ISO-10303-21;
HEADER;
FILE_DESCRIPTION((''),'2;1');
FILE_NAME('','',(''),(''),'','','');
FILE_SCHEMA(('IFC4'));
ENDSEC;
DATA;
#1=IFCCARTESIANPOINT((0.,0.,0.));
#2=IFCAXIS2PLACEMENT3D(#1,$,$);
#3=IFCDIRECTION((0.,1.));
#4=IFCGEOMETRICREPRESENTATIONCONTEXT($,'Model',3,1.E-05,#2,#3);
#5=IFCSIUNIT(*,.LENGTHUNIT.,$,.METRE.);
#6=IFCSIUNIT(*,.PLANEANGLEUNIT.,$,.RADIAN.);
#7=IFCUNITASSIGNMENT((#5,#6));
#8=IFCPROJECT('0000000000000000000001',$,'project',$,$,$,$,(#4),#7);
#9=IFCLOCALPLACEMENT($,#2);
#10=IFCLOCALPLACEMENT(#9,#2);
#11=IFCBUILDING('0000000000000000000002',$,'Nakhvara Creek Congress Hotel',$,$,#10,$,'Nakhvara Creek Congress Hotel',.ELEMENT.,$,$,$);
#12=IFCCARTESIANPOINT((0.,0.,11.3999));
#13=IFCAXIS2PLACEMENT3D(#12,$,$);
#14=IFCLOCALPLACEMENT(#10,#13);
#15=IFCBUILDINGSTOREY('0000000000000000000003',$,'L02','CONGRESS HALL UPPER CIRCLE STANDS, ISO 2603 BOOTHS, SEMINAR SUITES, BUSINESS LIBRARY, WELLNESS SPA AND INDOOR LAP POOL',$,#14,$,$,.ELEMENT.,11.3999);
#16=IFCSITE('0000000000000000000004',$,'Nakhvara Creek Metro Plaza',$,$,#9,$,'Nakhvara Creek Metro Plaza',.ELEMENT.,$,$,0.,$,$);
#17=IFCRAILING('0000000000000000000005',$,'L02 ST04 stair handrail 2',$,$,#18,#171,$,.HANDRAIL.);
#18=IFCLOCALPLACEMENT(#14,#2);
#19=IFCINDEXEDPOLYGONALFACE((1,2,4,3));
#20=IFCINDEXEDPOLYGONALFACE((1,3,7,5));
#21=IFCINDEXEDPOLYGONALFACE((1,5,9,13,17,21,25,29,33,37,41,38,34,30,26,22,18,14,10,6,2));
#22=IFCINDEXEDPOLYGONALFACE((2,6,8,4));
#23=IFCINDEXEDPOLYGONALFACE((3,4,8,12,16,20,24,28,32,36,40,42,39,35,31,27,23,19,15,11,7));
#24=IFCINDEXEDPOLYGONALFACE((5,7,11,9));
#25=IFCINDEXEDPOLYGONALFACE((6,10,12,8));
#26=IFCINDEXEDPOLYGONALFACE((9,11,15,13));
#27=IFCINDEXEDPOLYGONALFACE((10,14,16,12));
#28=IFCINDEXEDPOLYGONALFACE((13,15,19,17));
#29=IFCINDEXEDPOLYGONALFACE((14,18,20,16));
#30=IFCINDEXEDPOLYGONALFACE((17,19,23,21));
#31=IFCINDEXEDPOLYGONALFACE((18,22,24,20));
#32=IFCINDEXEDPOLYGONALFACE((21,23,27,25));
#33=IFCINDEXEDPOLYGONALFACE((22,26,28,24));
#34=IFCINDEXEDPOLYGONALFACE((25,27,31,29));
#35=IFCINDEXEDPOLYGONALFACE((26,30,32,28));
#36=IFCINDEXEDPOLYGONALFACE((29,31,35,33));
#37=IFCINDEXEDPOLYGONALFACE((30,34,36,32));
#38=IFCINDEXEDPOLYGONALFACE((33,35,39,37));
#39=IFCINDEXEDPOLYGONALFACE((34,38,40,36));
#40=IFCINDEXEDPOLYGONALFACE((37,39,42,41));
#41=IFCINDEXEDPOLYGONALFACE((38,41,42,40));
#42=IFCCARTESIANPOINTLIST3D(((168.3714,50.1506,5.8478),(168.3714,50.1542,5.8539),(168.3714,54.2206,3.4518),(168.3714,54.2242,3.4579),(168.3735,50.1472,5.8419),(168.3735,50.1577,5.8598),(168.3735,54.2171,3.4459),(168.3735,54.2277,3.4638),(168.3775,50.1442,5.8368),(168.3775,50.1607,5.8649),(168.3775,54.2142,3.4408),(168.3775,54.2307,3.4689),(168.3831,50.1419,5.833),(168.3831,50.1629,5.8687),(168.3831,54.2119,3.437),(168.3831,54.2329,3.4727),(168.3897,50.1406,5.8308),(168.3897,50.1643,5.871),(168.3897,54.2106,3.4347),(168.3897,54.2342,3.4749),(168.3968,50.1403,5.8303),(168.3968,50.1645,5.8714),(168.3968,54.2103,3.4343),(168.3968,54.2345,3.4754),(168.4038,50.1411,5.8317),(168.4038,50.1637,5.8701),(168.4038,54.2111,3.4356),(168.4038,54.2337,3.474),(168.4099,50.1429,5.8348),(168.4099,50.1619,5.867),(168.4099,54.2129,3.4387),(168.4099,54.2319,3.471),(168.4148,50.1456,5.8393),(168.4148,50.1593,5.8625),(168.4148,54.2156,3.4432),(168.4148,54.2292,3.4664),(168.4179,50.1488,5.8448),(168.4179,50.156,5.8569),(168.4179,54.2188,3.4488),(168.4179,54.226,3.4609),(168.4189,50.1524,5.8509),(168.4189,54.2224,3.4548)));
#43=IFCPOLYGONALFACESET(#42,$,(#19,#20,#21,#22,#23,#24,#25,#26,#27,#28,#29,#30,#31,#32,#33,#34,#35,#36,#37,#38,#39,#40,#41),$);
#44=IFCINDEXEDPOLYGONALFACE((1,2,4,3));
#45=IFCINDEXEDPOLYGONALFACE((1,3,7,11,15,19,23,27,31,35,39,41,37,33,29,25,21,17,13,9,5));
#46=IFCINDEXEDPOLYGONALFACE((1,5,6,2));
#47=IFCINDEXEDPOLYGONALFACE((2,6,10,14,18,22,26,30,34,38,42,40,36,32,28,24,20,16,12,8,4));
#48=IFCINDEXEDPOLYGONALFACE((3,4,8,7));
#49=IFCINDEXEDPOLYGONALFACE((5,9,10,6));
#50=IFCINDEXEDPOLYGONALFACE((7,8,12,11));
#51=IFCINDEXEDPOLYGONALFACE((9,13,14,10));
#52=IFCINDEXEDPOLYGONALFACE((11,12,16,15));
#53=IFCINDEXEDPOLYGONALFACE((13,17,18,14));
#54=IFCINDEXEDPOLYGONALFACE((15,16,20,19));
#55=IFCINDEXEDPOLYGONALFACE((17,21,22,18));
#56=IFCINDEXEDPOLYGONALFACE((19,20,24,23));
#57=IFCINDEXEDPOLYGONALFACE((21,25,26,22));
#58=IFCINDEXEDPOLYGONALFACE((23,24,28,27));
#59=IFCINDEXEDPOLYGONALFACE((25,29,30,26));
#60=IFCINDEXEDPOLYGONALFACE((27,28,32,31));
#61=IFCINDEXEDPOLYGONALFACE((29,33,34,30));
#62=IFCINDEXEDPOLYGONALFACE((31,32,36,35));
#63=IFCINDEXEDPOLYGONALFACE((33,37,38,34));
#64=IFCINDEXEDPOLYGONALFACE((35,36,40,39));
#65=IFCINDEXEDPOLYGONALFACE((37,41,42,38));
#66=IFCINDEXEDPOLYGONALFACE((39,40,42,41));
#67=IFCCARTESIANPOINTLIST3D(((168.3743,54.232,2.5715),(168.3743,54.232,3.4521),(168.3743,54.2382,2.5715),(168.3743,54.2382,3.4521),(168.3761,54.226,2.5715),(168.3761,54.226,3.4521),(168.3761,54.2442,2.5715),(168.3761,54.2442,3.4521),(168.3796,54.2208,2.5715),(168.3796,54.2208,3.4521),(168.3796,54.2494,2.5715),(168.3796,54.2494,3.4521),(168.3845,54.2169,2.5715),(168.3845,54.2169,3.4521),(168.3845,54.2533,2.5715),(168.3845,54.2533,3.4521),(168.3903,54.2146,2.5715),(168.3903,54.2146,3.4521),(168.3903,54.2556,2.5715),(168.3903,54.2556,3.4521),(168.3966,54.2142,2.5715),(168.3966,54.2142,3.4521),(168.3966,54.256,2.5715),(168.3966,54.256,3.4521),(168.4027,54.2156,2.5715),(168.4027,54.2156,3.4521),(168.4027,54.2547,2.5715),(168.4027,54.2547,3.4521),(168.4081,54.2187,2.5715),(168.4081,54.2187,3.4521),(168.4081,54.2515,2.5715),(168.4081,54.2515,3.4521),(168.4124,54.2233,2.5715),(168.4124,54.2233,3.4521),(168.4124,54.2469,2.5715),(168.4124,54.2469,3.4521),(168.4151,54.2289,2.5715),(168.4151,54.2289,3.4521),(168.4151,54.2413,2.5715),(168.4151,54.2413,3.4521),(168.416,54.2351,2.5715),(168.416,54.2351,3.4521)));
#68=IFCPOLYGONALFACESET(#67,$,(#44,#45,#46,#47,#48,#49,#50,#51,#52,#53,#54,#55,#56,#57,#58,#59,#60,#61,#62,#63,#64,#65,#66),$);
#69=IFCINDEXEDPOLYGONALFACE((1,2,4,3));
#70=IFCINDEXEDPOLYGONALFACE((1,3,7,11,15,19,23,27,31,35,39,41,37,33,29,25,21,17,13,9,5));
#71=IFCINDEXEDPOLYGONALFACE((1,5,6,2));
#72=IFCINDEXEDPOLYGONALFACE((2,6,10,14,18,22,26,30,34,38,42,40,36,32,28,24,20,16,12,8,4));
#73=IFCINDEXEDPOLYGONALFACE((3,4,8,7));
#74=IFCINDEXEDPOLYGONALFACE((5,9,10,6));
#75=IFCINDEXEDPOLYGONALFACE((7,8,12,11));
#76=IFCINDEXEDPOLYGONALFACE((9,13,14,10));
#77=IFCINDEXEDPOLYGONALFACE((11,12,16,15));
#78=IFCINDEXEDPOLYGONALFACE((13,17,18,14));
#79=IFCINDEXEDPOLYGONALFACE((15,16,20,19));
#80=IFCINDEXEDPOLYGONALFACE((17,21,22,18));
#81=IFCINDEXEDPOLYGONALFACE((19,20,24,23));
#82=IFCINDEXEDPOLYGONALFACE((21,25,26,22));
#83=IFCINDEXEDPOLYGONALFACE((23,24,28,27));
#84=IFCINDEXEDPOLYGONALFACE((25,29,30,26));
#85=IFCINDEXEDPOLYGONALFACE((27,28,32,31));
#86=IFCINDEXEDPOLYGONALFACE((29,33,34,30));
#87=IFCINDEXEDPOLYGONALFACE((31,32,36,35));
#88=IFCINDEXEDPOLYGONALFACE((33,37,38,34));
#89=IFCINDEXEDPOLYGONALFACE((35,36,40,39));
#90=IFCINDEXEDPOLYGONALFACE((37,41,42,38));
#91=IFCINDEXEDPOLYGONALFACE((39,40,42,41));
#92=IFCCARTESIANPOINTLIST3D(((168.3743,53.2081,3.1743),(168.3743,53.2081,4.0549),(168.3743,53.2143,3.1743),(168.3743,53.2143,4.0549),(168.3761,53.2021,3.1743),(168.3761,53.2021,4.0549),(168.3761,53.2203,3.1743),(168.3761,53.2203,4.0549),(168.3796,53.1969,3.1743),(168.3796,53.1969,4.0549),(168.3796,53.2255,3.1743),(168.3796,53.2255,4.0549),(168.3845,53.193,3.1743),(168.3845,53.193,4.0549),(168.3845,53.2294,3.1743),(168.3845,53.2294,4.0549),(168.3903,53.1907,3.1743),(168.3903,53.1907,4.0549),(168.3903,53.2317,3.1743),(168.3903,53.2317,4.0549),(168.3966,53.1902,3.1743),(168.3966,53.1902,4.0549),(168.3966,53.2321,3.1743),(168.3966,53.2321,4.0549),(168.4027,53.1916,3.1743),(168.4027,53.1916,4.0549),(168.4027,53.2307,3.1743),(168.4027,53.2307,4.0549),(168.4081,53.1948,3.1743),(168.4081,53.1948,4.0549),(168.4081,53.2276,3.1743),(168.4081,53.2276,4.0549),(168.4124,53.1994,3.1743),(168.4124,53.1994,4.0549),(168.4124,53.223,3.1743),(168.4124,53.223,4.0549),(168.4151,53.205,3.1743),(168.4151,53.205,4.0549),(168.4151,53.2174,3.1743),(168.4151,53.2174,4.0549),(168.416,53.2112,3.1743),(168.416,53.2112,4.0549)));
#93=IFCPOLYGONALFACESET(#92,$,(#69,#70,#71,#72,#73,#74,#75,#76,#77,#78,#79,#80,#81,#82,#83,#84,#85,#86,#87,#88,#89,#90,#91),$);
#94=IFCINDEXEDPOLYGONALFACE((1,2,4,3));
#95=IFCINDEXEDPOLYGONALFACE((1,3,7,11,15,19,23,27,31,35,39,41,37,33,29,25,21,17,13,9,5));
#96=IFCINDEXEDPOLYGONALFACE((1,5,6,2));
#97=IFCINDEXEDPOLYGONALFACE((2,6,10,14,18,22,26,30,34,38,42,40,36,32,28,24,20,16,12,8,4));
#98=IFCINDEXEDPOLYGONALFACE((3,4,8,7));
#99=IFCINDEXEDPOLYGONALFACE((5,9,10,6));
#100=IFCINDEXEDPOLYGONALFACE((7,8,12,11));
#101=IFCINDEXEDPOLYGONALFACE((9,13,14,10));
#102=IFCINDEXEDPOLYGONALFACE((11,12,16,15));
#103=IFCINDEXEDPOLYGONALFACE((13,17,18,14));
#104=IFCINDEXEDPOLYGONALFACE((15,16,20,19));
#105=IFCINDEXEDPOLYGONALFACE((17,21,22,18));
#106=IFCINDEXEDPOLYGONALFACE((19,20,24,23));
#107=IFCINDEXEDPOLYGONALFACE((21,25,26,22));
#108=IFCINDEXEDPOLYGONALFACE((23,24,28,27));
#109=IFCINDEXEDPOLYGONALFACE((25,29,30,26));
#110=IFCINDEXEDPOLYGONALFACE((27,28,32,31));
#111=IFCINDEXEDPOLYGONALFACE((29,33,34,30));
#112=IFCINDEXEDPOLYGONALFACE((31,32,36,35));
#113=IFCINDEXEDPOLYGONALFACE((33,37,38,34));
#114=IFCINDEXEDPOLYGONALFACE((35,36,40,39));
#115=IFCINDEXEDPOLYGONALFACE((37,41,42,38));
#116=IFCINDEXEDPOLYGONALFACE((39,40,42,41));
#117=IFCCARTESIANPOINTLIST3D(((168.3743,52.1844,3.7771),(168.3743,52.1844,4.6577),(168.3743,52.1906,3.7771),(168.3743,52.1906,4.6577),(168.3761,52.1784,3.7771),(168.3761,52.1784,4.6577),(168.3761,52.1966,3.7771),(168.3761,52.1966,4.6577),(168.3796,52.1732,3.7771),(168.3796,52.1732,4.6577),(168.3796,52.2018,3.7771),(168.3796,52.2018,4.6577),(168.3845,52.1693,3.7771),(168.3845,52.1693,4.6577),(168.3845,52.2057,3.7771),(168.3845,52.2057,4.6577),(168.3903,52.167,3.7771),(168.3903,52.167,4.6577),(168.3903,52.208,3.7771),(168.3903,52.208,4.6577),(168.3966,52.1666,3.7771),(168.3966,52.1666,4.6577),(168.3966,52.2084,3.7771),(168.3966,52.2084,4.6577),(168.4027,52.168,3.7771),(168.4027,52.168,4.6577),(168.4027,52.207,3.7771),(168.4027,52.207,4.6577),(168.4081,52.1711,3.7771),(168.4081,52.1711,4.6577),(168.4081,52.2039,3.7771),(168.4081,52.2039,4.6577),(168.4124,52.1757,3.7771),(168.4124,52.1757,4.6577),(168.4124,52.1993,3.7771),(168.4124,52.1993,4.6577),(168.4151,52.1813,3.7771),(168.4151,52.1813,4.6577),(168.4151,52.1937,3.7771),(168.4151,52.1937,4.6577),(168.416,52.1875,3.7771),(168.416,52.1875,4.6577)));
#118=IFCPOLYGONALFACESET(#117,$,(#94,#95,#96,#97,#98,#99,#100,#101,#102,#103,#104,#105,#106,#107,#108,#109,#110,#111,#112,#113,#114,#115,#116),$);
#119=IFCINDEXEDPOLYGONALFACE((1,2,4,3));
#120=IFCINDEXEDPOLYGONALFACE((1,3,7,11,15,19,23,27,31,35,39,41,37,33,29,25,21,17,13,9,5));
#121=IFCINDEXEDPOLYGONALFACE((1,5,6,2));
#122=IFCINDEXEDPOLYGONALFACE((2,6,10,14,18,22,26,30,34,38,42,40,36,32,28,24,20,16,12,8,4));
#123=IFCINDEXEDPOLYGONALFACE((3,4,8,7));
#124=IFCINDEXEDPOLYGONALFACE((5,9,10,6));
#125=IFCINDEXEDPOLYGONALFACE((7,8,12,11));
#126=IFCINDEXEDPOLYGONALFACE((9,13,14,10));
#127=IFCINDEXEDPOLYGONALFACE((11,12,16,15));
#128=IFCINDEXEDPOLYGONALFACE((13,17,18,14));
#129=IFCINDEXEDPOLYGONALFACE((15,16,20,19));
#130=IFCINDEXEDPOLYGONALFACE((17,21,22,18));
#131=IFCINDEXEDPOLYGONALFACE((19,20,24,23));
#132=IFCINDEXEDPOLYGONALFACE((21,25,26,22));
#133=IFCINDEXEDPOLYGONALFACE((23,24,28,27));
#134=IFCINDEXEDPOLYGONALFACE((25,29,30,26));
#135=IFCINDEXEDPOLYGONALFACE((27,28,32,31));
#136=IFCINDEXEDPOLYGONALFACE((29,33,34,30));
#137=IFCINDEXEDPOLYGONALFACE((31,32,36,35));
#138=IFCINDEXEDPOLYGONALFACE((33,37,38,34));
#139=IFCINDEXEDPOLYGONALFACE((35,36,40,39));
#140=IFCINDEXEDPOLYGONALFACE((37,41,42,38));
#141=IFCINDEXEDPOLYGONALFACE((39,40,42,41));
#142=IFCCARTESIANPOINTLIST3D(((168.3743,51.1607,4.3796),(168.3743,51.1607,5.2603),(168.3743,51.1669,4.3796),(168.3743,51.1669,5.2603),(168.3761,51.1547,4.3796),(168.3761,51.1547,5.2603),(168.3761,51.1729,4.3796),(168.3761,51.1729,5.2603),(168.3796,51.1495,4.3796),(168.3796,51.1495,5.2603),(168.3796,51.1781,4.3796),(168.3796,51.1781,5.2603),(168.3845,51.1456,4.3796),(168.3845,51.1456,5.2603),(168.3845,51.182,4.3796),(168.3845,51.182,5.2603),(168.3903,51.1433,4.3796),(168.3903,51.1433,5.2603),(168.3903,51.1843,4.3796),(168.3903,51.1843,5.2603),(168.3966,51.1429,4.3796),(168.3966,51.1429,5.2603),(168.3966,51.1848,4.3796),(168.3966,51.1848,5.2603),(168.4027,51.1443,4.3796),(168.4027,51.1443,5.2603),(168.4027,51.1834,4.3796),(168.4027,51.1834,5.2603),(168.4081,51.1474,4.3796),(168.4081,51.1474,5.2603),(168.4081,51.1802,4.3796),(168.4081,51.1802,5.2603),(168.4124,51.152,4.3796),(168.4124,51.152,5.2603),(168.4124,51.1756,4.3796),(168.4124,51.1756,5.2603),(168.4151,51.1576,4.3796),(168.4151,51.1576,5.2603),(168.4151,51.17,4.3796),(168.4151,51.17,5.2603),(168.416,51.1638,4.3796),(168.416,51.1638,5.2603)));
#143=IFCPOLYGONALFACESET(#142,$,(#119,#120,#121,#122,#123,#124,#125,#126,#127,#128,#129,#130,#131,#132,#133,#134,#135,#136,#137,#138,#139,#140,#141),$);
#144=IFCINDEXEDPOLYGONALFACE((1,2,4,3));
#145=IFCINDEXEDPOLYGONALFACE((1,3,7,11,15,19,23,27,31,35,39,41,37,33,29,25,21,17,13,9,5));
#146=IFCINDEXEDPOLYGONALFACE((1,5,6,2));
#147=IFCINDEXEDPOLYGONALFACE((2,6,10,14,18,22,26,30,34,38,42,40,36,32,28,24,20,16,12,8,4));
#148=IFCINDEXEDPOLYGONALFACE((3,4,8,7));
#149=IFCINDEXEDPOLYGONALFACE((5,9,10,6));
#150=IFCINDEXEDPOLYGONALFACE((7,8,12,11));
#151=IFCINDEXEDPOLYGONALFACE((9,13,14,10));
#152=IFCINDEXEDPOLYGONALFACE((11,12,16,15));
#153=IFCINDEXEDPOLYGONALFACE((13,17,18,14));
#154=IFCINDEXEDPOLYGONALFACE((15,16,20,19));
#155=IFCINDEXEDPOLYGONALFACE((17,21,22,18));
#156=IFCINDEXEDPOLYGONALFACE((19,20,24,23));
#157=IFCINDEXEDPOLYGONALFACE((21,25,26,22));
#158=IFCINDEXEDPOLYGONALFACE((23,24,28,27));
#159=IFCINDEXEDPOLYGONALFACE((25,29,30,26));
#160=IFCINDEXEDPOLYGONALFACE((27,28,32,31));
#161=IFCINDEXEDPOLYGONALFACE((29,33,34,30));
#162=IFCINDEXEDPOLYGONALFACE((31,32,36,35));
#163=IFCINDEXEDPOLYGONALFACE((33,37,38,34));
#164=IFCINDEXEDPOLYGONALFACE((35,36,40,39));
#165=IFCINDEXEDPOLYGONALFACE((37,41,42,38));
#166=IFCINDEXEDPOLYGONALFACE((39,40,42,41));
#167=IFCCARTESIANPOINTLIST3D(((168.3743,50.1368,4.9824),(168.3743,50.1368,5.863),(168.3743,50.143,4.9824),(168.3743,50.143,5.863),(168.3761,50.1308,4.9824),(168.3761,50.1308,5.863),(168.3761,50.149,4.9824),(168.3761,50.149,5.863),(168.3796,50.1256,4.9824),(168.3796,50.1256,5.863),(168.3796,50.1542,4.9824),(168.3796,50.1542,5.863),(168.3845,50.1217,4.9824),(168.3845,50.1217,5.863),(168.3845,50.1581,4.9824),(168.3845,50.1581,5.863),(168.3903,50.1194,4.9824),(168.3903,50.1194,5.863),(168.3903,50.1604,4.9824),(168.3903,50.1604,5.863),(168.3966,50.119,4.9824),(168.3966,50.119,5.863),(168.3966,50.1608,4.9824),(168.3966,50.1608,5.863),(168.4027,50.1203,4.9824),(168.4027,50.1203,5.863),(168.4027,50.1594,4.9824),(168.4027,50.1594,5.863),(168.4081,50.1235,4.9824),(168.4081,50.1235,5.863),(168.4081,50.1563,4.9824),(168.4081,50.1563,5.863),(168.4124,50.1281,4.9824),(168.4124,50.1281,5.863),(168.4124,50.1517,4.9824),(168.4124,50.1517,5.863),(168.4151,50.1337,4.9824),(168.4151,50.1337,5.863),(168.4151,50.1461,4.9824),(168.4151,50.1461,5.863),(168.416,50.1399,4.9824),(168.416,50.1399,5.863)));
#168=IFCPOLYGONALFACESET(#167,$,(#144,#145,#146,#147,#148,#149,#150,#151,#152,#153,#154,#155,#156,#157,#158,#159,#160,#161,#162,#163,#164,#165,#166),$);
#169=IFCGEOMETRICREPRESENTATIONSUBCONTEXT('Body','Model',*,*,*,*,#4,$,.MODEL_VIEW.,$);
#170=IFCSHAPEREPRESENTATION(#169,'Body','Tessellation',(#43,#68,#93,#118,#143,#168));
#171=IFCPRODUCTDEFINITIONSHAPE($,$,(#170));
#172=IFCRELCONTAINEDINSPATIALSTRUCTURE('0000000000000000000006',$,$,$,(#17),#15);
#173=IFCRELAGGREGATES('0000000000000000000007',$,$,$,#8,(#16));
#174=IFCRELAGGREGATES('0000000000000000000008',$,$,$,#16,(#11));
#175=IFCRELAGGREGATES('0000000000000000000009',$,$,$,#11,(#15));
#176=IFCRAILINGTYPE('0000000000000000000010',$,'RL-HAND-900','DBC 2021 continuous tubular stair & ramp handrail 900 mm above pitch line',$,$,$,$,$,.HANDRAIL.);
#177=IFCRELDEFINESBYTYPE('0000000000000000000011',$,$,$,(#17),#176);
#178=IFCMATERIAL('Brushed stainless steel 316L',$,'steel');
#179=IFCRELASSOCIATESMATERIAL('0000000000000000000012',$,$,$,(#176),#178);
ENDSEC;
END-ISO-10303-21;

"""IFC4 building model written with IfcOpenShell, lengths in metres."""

from ifc_helpers import new_model, si_unit, direction, frame, origin, origin_2d, place, context, subcontext, project, spatial, circle, extrude, material, type_object, element, save


model = new_model("IFC4")

# Units and contexts
model_context = context("Model", 3, precision=1e-05, world=origin(), true_north=direction((0.0, 1.0)))
body_context = subcontext(model_context, "Body", "Model", "MODEL_VIEW")
ifc_project = project(units=[si_unit("LENGTHUNIT", "METRE"), si_unit("PLANEANGLEUNIT", "RADIAN")], contexts=[model_context])

# Site, building, storey
site_placement = place(None, origin())
site = spatial("IfcSite", under=ifc_project, at=site_placement, Name="Nakhvara Creek Metro Plaza", LongName="Nakhvara Creek Metro Plaza", CompositionType="ELEMENT", RefElevation=0.0)
building_placement = place(site_placement, origin())
building = spatial("IfcBuilding", under=site, at=building_placement, Name="Nakhvara Creek Congress Hotel", LongName="Nakhvara Creek Congress Hotel", CompositionType="ELEMENT")
storey_placement = place(building_placement, frame((0.0, 0.0, 11.3999)))
storey = spatial("IfcBuildingStorey", under=building, at=storey_placement, Name="L02", Description="CONGRESS HALL UPPER CIRCLE STANDS, ISO 2603 BOOTHS, SEMINAR SUITES, BUSINESS LIBRARY, WELLNESS SPA AND INDOOR LAP POOL", CompositionType="ELEMENT", Elevation=11.3999)

# Railing
ifc_material_1 = material(Name="Brushed stainless steel 316L", Category="steel")
railing_type_1 = type_object("IfcRailingType", Name="RL-HAND-900", Description="DBC 2021 continuous tubular stair & ramp handrail 900 mm above pitch line", PredefinedType="HANDRAIL", material=ifc_material_1)
railing_1_placement = place(storey_placement, frame((168.395, 54.2351, 2.5715)))
element("IfcRailing", 1, at=railing_1_placement, inside=storey, type_object=railing_type_1, Name="L02 ST04 stair handrail 2", PredefinedType="HANDRAIL", context=body_context, shape_type="SweptSolid", body=[
    extrude(circle(Radius=0.0239, at=origin_2d()), frame((0.0, -0.0127, 0.8833), z_axis=(0.0, -0.861756, 0.507323), x_axis=(1.0, 0.0, 0.0)), (0.0, 0.0, 1.0), 4.7229),
    extrude(circle(Radius=0.021, at=origin_2d()), origin(), (0.0, 0.0, 1.0), 0.8806),
    extrude(circle(Radius=0.021, at=origin_2d()), frame((0.0, -1.0239, 0.6028)), (0.0, 0.0, 1.0), 0.8806),
    extrude(circle(Radius=0.021, at=origin_2d()), frame((0.0, -2.0476, 1.2056)), (0.0, 0.0, 1.0), 0.8806),
    extrude(circle(Radius=0.021, at=origin_2d()), frame((0.0, -3.0713, 1.8081)), (0.0, 0.0, 1.0), 0.8806),
    extrude(circle(Radius=0.021, at=origin_2d()), frame((0.0, -4.0952, 2.4109)), (0.0, 0.0, 1.0), 0.8806),
])

save(model, "model.ifc")
